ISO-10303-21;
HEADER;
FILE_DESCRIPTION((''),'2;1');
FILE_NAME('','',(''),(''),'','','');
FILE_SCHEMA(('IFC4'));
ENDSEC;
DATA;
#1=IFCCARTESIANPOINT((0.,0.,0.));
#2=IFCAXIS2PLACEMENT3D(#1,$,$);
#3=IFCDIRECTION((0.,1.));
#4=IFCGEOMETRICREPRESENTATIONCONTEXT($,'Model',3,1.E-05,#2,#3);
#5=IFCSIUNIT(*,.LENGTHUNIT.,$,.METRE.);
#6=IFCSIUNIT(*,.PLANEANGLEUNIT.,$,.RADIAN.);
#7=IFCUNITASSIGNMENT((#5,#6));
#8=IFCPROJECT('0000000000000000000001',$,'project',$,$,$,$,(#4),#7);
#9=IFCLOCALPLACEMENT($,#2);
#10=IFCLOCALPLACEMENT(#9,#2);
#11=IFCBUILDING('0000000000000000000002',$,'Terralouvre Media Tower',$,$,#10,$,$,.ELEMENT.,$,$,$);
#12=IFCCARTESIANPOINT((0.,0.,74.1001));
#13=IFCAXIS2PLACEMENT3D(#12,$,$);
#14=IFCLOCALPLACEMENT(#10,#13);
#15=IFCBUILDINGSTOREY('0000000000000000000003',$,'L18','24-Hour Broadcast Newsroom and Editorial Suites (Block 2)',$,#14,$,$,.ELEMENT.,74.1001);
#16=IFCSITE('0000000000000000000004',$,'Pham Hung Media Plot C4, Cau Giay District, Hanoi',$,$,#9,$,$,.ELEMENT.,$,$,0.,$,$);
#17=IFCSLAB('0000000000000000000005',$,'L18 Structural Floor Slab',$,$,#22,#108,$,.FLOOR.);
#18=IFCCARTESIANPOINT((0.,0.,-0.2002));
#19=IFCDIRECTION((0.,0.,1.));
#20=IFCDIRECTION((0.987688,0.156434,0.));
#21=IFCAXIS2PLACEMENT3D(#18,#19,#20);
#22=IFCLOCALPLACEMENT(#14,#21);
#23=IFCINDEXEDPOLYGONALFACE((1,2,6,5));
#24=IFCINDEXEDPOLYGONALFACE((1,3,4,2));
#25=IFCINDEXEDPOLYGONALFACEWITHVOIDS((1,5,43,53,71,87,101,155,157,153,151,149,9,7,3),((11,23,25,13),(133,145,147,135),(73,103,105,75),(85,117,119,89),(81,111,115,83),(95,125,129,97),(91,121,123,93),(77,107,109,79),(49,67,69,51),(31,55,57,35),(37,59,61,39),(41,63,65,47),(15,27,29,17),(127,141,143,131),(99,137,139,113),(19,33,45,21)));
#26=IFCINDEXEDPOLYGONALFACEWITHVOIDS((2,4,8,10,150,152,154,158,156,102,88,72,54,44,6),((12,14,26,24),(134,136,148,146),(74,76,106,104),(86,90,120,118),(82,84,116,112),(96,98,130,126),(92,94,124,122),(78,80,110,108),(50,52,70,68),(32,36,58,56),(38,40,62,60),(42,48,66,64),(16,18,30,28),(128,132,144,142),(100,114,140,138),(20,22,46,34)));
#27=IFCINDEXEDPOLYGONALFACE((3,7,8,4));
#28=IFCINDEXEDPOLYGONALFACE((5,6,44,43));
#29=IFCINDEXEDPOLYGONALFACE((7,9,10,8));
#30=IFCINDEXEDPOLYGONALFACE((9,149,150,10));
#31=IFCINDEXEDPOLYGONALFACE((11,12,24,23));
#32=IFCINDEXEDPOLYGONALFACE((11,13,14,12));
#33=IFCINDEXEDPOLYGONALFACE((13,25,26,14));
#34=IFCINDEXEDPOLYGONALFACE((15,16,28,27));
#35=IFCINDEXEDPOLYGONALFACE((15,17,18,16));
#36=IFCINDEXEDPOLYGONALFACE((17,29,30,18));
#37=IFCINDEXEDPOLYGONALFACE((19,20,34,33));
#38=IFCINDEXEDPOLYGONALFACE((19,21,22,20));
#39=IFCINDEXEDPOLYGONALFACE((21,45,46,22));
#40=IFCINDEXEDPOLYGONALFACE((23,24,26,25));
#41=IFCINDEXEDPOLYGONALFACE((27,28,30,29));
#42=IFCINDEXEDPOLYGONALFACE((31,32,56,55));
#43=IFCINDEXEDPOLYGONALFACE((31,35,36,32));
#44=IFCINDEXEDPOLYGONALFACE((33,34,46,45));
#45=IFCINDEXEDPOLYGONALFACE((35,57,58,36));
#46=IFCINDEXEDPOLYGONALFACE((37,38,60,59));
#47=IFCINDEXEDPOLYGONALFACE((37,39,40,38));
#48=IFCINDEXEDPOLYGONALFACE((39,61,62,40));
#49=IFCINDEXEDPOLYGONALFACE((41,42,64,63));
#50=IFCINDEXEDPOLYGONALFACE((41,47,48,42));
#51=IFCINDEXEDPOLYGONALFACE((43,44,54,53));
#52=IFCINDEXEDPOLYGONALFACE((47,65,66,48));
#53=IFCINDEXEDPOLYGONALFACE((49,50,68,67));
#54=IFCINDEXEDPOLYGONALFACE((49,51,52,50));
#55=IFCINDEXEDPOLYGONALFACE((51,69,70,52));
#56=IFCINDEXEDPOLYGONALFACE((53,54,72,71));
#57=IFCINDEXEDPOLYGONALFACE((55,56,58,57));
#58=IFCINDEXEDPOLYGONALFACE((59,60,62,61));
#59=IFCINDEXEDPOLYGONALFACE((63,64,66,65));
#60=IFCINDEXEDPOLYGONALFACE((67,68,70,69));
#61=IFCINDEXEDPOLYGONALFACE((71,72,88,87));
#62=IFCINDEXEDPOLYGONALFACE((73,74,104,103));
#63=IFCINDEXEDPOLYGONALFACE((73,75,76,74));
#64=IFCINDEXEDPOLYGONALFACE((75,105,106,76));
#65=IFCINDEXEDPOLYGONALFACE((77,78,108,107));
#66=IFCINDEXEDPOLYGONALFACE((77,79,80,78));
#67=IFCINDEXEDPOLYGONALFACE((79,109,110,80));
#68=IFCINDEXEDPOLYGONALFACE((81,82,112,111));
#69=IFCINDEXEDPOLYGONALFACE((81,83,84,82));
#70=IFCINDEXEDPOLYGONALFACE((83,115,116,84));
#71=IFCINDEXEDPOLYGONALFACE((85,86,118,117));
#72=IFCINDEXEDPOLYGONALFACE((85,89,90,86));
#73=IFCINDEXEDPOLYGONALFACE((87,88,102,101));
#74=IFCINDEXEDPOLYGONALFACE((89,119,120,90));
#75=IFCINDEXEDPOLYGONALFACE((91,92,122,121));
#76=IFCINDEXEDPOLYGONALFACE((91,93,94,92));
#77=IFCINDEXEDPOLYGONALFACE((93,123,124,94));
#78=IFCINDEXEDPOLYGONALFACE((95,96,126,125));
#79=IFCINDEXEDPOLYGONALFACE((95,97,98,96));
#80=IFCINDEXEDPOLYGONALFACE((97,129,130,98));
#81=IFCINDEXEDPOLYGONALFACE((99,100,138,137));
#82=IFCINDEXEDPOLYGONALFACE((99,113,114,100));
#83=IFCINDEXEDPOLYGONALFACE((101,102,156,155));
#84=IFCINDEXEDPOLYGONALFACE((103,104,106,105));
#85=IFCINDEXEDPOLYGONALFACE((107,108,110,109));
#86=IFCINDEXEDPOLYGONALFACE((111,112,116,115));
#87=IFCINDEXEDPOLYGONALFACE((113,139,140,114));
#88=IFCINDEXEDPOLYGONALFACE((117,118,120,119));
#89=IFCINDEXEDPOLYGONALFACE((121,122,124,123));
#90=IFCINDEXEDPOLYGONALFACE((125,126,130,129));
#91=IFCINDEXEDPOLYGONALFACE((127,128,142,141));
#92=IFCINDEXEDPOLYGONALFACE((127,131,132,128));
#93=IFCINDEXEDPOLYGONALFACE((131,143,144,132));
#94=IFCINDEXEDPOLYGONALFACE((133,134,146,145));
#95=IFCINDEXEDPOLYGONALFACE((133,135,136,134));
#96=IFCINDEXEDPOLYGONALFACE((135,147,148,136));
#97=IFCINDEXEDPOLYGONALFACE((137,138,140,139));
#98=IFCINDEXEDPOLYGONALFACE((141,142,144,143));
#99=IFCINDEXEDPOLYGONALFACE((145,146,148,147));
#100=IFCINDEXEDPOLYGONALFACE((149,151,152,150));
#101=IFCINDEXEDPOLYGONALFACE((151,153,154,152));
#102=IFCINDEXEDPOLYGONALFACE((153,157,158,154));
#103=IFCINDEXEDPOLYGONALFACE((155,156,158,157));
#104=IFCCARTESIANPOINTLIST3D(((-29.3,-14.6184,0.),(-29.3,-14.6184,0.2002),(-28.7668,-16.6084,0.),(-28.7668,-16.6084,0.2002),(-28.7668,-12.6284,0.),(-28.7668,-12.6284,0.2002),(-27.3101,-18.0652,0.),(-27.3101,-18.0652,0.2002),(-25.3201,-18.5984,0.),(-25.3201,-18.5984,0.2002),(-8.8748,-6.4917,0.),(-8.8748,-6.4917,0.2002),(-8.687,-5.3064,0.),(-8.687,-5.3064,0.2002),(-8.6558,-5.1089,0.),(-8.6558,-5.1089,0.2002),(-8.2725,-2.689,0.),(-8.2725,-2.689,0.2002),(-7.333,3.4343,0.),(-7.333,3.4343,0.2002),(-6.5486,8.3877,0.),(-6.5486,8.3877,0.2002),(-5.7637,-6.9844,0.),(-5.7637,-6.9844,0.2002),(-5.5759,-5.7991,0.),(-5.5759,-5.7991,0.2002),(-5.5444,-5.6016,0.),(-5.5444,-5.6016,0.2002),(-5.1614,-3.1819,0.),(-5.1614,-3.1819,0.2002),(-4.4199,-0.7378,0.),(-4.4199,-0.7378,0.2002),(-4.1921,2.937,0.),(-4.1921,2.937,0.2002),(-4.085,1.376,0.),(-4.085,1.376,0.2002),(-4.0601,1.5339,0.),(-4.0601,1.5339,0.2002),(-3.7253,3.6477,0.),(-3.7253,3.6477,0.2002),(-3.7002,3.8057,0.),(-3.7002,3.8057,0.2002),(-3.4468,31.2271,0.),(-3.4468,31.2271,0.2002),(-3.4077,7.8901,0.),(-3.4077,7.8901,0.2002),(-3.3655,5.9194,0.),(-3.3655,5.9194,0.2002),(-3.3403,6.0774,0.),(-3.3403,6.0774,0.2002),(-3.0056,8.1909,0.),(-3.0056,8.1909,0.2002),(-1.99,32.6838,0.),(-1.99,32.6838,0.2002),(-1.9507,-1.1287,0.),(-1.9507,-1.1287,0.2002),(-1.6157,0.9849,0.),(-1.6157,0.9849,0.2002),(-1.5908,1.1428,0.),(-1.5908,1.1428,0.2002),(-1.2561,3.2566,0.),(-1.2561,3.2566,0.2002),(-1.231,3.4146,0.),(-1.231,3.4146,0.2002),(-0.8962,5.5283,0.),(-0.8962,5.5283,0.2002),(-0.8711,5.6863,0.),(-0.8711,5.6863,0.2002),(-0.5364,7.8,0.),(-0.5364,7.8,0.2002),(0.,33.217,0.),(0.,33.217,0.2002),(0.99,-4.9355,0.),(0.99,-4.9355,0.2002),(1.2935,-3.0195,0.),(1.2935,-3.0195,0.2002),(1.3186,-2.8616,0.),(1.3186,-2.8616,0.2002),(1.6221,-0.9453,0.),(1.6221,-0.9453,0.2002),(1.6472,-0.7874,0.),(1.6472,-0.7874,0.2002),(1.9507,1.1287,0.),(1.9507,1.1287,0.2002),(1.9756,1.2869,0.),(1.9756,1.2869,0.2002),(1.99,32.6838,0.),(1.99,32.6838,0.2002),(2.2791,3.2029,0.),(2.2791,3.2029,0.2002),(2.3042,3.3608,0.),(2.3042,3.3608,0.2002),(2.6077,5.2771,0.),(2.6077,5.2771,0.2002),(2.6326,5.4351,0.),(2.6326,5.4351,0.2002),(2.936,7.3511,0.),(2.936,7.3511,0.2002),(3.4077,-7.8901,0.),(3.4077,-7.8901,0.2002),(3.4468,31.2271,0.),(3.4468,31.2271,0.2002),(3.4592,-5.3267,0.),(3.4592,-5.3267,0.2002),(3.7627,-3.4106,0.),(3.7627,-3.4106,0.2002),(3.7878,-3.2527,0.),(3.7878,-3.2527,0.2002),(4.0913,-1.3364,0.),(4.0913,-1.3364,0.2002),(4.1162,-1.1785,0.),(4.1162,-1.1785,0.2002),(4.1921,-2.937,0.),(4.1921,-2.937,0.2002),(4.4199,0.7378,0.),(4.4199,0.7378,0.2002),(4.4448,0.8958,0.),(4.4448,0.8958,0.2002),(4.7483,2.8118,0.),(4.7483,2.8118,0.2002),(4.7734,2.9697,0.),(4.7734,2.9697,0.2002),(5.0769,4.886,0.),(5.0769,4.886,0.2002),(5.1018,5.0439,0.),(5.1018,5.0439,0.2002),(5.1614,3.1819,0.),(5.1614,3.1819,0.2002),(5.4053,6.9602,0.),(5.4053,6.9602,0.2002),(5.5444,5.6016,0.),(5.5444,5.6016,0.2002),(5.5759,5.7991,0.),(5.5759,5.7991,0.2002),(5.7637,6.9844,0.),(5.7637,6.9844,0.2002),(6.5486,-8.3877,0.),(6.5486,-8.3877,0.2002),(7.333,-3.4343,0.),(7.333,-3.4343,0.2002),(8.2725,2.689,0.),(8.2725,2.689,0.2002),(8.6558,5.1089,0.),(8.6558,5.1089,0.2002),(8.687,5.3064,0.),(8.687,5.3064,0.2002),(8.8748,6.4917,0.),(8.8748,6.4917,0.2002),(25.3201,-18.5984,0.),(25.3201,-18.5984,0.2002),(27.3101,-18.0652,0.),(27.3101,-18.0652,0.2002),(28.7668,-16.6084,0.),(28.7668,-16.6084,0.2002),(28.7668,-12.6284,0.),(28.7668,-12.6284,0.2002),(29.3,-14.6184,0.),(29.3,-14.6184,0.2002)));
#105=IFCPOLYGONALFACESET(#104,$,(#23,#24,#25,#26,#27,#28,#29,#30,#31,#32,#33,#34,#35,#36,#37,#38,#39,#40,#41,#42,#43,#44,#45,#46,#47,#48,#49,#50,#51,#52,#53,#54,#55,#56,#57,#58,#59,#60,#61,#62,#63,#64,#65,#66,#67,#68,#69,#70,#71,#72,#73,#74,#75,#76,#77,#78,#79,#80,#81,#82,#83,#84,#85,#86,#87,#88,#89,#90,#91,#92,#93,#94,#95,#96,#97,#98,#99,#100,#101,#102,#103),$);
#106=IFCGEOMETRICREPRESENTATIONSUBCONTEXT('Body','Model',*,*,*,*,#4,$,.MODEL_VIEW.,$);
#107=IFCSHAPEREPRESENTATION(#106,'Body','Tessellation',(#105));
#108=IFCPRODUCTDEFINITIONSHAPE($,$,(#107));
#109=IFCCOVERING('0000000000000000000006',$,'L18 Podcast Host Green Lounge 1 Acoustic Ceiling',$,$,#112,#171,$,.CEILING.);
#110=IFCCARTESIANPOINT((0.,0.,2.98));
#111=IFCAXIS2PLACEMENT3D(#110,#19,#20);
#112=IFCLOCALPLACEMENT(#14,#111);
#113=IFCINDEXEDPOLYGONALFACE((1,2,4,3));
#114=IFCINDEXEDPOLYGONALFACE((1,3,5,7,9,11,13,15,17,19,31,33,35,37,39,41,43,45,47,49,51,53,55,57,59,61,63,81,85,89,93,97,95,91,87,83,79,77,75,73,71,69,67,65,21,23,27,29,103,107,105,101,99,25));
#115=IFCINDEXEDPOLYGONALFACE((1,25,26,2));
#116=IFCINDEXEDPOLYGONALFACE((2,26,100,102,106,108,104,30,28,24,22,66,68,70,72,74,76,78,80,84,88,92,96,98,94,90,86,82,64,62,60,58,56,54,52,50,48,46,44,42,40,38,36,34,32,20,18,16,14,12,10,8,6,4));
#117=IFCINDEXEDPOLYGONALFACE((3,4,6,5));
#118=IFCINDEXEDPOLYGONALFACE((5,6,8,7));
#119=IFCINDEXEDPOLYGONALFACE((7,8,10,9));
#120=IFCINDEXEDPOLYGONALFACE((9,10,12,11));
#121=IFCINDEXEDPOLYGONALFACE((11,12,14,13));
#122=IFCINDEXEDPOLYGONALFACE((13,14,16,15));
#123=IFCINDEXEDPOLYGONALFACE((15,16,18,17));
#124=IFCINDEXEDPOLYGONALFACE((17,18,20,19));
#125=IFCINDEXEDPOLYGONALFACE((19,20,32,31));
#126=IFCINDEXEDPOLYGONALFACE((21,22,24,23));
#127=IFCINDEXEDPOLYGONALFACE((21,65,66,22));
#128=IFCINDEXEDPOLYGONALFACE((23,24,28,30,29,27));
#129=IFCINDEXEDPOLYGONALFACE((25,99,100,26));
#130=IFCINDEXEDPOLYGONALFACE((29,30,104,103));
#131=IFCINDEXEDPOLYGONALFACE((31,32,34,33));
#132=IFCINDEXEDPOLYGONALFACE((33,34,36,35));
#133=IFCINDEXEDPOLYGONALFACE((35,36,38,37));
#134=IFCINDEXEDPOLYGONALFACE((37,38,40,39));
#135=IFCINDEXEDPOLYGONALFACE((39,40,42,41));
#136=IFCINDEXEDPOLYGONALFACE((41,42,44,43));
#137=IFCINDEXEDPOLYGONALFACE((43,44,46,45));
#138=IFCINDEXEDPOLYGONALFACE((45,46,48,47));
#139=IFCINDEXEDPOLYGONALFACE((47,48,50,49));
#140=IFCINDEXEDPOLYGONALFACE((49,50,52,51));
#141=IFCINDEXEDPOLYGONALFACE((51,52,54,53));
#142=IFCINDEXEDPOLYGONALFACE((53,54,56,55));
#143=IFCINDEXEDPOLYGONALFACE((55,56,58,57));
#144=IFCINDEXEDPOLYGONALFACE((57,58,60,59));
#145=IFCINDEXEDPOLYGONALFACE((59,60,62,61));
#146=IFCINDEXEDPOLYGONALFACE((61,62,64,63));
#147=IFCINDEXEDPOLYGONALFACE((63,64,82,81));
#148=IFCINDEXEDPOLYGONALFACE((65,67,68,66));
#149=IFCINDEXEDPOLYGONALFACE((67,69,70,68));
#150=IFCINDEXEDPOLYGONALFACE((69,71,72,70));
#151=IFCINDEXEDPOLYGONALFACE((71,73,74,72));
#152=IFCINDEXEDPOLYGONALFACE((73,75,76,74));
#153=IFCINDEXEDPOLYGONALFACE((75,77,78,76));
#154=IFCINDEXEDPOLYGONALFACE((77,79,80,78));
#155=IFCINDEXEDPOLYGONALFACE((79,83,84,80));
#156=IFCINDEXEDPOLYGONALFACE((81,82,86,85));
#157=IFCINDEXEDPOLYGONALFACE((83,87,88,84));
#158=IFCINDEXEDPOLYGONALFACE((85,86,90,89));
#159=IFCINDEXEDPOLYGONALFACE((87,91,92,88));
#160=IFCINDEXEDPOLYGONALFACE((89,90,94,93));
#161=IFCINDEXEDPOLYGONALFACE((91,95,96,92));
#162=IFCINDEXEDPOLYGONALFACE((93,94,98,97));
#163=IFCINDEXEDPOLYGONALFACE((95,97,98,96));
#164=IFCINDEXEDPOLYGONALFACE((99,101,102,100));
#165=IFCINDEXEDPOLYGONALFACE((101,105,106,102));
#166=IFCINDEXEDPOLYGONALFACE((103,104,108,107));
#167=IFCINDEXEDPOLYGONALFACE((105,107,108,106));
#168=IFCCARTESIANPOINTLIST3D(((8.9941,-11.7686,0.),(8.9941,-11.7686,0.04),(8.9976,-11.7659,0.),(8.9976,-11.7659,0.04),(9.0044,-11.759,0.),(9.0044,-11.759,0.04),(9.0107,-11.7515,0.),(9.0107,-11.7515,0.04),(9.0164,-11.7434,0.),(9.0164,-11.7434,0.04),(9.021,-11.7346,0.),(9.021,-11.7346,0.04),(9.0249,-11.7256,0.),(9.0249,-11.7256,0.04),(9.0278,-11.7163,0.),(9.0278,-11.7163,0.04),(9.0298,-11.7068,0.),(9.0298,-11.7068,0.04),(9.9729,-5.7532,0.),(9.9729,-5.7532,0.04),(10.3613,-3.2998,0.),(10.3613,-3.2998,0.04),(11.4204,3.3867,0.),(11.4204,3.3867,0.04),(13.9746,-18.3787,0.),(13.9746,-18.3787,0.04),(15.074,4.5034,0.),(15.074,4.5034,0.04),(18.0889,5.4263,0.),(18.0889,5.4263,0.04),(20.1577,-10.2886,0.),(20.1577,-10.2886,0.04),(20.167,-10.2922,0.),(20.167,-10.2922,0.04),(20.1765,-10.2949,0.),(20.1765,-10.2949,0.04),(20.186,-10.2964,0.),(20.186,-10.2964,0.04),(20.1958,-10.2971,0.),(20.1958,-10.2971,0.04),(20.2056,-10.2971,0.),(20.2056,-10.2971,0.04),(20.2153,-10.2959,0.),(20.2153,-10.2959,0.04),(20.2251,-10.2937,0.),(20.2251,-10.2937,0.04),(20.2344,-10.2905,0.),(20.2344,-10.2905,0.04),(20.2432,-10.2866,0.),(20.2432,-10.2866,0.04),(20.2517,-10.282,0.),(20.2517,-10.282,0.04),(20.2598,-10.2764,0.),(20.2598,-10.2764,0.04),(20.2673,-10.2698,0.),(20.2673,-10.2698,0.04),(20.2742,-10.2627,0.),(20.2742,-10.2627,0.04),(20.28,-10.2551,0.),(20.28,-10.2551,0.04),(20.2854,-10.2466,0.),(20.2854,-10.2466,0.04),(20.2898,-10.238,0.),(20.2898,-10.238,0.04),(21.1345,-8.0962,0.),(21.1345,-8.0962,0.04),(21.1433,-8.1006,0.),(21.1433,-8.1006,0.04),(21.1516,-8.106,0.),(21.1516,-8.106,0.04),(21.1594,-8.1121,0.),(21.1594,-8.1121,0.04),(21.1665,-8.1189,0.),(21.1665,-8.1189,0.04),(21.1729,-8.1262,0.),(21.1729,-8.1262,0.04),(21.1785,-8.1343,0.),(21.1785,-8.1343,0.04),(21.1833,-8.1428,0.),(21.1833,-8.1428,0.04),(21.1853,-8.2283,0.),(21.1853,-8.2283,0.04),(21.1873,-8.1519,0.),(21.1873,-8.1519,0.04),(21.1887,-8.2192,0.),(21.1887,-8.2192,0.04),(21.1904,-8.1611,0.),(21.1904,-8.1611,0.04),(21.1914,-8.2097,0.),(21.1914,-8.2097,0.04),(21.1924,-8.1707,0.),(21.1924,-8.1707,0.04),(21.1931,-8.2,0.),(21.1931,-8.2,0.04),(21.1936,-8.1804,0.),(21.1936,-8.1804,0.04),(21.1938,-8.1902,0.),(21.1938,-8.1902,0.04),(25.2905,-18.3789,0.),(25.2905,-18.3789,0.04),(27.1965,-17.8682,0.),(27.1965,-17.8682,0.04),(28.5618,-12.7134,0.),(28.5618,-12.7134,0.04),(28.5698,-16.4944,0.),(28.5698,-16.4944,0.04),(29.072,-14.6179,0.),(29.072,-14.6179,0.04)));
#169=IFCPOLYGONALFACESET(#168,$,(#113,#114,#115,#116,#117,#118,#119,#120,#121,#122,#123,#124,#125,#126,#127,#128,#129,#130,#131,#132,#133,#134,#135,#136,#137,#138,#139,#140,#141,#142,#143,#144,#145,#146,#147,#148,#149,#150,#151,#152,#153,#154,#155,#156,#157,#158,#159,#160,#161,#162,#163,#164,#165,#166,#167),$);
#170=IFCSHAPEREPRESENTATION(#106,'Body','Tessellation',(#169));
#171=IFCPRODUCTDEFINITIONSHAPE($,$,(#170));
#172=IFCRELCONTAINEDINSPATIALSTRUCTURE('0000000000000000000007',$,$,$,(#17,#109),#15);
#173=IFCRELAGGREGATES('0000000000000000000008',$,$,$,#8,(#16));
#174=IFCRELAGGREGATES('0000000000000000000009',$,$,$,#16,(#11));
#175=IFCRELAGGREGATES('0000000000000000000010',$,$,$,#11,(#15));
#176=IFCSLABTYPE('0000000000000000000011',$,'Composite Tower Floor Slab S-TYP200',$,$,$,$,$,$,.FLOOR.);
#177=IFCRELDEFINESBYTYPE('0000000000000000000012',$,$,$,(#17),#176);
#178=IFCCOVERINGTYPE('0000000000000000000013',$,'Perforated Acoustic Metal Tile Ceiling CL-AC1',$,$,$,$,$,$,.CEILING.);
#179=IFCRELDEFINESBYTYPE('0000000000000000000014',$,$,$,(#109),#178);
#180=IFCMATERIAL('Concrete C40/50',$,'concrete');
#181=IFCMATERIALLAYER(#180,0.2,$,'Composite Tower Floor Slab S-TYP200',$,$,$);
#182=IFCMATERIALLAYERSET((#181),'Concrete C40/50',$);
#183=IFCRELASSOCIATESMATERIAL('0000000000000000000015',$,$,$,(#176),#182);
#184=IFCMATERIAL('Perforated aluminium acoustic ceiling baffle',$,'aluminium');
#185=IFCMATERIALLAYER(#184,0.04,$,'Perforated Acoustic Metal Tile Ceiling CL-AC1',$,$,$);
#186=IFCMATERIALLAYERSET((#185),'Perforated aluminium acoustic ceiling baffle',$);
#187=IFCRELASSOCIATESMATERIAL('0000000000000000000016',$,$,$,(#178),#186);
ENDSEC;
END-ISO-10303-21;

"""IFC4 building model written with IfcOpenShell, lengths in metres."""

from ifc_helpers import new_model, si_unit, direction, frame, origin, place, context, subcontext, project, spatial, polyline, outline, extrude, material, layer, layer_set, type_object, element, save


model = new_model("IFC4")

# Units and contexts
model_context = context("Model", 3, precision=1e-05, world=origin(), true_north=direction((0.0, 1.0)))
body_context = subcontext(model_context, "Body", "Model", "MODEL_VIEW")
ifc_project = project(units=[si_unit("LENGTHUNIT", "METRE"), si_unit("PLANEANGLEUNIT", "RADIAN")], contexts=[model_context])

# Site, building, storey
site_placement = place(None, origin())
site = spatial("IfcSite", under=ifc_project, at=site_placement, Name="Pham Hung Media Plot C4, Cau Giay District, Hanoi", CompositionType="ELEMENT", RefElevation=0.0)
building_placement = place(site_placement, origin())
building = spatial("IfcBuilding", under=site, at=building_placement, Name="Terralouvre Media Tower", CompositionType="ELEMENT")
storey_placement = place(building_placement, frame((0.0, 0.0, 74.1001)))
storey = spatial("IfcBuildingStorey", under=building, at=storey_placement, Name="L18", Description="24-Hour Broadcast Newsroom and Editorial Suites (Block 2)", CompositionType="ELEMENT", Elevation=74.1001)

# Slab
ifc_material_1 = material(Name="Concrete C40/50", Category="concrete")
ifc_layer_1 = layer(ifc_material_1, 0.2, Name="Composite Tower Floor Slab S-TYP200")
ifc_layer_set_1 = layer_set([ifc_layer_1], Name="Concrete C40/50")
slab_type_1 = type_object("IfcSlabType", Name="Composite Tower Floor Slab S-TYP200", PredefinedType="FLOOR", material=ifc_layer_set_1)
slab_1_placement = place(storey_placement, frame((0.0, 0.0, -0.2002), z_axis=(0.0, 0.0, 1.0), x_axis=(0.987688, 0.156434, 0.0)))
element("IfcSlab", 1, at=slab_1_placement, inside=storey, type_object=slab_type_1, Name="L18 Structural Floor Slab", PredefinedType="FLOOR", context=body_context, shape_type="SweptSolid", body=[
    extrude(outline(polyline([(-28.7668, -12.6284), (-29.3, -14.6184), (-28.7668, -16.6084), (-27.3101, -18.0652), (-25.3201, -18.5984), (25.3201, -18.5984), (27.3101, -18.0652), (28.7668, -16.6084), (29.3, -14.6184), (28.7668, -12.6284), (3.4468, 31.2271), (1.99, 32.6838), (0.0, 33.217), (-1.99, 32.6838), (-3.4468, 31.2271), (-28.7668, -12.6284)]), holes=[polyline([(-5.7637, -6.9844), (-8.8748, -6.4917), (-8.687, -5.3064), (-5.5759, -5.7991), (-5.7637, -6.9844)]), polyline([(-5.5444, -5.6016), (-8.6558, -5.1089), (-8.2725, -2.689), (-5.1614, -3.1819), (-5.5444, -5.6016)]), polyline([(-1.9507, -1.1287), (-4.4199, -0.7378), (-4.085, 1.376), (-1.6157, 0.9849), (-1.9507, -1.1287)]), polyline([(-1.5908, 1.1428), (-4.0601, 1.5339), (-3.7253, 3.6477), (-1.2561, 3.2566), (-1.5908, 1.1428)]), polyline([(4.4448, 0.8958), (1.9756, 1.2869), (2.2791, 3.2029), (4.7483, 2.8118), (4.4448, 0.8958)]), polyline([(-1.231, 3.4146), (-3.7002, 3.8057), (-3.3655, 5.9194), (-0.8962, 5.5283), (-1.231, 3.4146)]), polyline([(-4.1921, 2.937), (-7.333, 3.4343), (-6.5486, 8.3877), (-3.4077, 7.8901), (-4.1921, 2.937)]), polyline([(-0.8711, 5.6863), (-3.3403, 6.0774), (-3.0056, 8.1909), (-0.5364, 7.8), (-0.8711, 5.6863)]), polyline([(4.1921, -2.937), (7.333, -3.4343), (6.5486, -8.3877), (3.4077, -7.8901), (4.1921, -2.937)]), polyline([(3.4592, -5.3267), (0.99, -4.9355), (1.2935, -3.0195), (3.7627, -3.4106), (3.4592, -5.3267)]), polyline([(3.7878, -3.2527), (1.3186, -2.8616), (1.6221, -0.9453), (4.0913, -1.3364), (3.7878, -3.2527)]), polyline([(4.1162, -1.1785), (1.6472, -0.7874), (1.9507, 1.1287), (4.4199, 0.7378), (4.1162, -1.1785)]), polyline([(4.7734, 2.9697), (2.3042, 3.3608), (2.6077, 5.2771), (5.0769, 4.886), (4.7734, 2.9697)]), polyline([(8.2725, 2.689), (5.1614, 3.1819), (5.5444, 5.6016), (8.6558, 5.1089), (8.2725, 2.689)]), polyline([(5.1018, 5.0439), (2.6326, 5.4351), (2.936, 7.3511), (5.4053, 6.9602), (5.1018, 5.0439)]), polyline([(8.687, 5.3064), (5.5759, 5.7991), (5.7637, 6.9844), (8.8748, 6.4917), (8.687, 5.3064)])]), origin(), (0.0, 0.0, 1.0), 0.2002),
])

# Covering
ifc_material_2 = material(Name="Perforated aluminium acoustic ceiling baffle", Category="aluminium")
ifc_layer_2 = layer(ifc_material_2, 0.04, Name="Perforated Acoustic Metal Tile Ceiling CL-AC1")
ifc_layer_set_2 = layer_set([ifc_layer_2], Name="Perforated aluminium acoustic ceiling baffle")
covering_type = type_object("IfcCoveringType", Name="Perforated Acoustic Metal Tile Ceiling CL-AC1", PredefinedType="CEILING", material=ifc_layer_set_2)
covering_1_placement = place(storey_placement, frame((0.0, 0.0, 2.98), z_axis=(0.0, 0.0, 1.0), x_axis=(0.987688, 0.156434, 0.0)))
element("IfcCovering", 2, at=covering_1_placement, inside=storey, type_object=covering_type, Name="L18 Podcast Host Green Lounge 1 Acoustic Ceiling", PredefinedType="CEILING", context=body_context, shape_type="SweptSolid", body=[
    extrude(outline(polyline([(13.9746, -18.3787), (25.2905, -18.3789), (27.1965, -17.8682), (28.5698, -16.4944), (29.072, -14.6179), (28.5618, -12.7134), (18.0889, 5.4263), (15.074, 4.5034), (11.4204, 3.3867), (10.3613, -3.2998), (21.1345, -8.0962), (21.1433, -8.1006), (21.1516, -8.106), (21.1594, -8.1121), (21.1665, -8.1189), (21.1729, -8.1262), (21.1785, -8.1343), (21.1833, -8.1428), (21.1873, -8.1519), (21.1904, -8.1611), (21.1924, -8.1707), (21.1936, -8.1804), (21.1938, -8.1902), (21.1931, -8.2), (21.1914, -8.2097), (21.1887, -8.2192), (21.1853, -8.2283), (20.2898, -10.238), (20.2854, -10.2466), (20.28, -10.2551), (20.2742, -10.2627), (20.2673, -10.2698), (20.2598, -10.2764), (20.2517, -10.282), (20.2432, -10.2866), (20.2344, -10.2905), (20.2251, -10.2937), (20.2153, -10.2959), (20.2056, -10.2971), (20.1958, -10.2971), (20.186, -10.2964), (20.1765, -10.2949), (20.167, -10.2922), (20.1577, -10.2886), (9.9729, -5.7532), (9.0298, -11.7068), (9.0278, -11.7163), (9.0249, -11.7256), (9.021, -11.7346), (9.0164, -11.7434), (9.0107, -11.7515), (9.0044, -11.759), (8.9976, -11.7659), (8.9941, -11.7686), (13.9746, -18.3787)])), origin(), (0.0, 0.0, 1.0), 0.04),
])

save(model, "model.ifc")
